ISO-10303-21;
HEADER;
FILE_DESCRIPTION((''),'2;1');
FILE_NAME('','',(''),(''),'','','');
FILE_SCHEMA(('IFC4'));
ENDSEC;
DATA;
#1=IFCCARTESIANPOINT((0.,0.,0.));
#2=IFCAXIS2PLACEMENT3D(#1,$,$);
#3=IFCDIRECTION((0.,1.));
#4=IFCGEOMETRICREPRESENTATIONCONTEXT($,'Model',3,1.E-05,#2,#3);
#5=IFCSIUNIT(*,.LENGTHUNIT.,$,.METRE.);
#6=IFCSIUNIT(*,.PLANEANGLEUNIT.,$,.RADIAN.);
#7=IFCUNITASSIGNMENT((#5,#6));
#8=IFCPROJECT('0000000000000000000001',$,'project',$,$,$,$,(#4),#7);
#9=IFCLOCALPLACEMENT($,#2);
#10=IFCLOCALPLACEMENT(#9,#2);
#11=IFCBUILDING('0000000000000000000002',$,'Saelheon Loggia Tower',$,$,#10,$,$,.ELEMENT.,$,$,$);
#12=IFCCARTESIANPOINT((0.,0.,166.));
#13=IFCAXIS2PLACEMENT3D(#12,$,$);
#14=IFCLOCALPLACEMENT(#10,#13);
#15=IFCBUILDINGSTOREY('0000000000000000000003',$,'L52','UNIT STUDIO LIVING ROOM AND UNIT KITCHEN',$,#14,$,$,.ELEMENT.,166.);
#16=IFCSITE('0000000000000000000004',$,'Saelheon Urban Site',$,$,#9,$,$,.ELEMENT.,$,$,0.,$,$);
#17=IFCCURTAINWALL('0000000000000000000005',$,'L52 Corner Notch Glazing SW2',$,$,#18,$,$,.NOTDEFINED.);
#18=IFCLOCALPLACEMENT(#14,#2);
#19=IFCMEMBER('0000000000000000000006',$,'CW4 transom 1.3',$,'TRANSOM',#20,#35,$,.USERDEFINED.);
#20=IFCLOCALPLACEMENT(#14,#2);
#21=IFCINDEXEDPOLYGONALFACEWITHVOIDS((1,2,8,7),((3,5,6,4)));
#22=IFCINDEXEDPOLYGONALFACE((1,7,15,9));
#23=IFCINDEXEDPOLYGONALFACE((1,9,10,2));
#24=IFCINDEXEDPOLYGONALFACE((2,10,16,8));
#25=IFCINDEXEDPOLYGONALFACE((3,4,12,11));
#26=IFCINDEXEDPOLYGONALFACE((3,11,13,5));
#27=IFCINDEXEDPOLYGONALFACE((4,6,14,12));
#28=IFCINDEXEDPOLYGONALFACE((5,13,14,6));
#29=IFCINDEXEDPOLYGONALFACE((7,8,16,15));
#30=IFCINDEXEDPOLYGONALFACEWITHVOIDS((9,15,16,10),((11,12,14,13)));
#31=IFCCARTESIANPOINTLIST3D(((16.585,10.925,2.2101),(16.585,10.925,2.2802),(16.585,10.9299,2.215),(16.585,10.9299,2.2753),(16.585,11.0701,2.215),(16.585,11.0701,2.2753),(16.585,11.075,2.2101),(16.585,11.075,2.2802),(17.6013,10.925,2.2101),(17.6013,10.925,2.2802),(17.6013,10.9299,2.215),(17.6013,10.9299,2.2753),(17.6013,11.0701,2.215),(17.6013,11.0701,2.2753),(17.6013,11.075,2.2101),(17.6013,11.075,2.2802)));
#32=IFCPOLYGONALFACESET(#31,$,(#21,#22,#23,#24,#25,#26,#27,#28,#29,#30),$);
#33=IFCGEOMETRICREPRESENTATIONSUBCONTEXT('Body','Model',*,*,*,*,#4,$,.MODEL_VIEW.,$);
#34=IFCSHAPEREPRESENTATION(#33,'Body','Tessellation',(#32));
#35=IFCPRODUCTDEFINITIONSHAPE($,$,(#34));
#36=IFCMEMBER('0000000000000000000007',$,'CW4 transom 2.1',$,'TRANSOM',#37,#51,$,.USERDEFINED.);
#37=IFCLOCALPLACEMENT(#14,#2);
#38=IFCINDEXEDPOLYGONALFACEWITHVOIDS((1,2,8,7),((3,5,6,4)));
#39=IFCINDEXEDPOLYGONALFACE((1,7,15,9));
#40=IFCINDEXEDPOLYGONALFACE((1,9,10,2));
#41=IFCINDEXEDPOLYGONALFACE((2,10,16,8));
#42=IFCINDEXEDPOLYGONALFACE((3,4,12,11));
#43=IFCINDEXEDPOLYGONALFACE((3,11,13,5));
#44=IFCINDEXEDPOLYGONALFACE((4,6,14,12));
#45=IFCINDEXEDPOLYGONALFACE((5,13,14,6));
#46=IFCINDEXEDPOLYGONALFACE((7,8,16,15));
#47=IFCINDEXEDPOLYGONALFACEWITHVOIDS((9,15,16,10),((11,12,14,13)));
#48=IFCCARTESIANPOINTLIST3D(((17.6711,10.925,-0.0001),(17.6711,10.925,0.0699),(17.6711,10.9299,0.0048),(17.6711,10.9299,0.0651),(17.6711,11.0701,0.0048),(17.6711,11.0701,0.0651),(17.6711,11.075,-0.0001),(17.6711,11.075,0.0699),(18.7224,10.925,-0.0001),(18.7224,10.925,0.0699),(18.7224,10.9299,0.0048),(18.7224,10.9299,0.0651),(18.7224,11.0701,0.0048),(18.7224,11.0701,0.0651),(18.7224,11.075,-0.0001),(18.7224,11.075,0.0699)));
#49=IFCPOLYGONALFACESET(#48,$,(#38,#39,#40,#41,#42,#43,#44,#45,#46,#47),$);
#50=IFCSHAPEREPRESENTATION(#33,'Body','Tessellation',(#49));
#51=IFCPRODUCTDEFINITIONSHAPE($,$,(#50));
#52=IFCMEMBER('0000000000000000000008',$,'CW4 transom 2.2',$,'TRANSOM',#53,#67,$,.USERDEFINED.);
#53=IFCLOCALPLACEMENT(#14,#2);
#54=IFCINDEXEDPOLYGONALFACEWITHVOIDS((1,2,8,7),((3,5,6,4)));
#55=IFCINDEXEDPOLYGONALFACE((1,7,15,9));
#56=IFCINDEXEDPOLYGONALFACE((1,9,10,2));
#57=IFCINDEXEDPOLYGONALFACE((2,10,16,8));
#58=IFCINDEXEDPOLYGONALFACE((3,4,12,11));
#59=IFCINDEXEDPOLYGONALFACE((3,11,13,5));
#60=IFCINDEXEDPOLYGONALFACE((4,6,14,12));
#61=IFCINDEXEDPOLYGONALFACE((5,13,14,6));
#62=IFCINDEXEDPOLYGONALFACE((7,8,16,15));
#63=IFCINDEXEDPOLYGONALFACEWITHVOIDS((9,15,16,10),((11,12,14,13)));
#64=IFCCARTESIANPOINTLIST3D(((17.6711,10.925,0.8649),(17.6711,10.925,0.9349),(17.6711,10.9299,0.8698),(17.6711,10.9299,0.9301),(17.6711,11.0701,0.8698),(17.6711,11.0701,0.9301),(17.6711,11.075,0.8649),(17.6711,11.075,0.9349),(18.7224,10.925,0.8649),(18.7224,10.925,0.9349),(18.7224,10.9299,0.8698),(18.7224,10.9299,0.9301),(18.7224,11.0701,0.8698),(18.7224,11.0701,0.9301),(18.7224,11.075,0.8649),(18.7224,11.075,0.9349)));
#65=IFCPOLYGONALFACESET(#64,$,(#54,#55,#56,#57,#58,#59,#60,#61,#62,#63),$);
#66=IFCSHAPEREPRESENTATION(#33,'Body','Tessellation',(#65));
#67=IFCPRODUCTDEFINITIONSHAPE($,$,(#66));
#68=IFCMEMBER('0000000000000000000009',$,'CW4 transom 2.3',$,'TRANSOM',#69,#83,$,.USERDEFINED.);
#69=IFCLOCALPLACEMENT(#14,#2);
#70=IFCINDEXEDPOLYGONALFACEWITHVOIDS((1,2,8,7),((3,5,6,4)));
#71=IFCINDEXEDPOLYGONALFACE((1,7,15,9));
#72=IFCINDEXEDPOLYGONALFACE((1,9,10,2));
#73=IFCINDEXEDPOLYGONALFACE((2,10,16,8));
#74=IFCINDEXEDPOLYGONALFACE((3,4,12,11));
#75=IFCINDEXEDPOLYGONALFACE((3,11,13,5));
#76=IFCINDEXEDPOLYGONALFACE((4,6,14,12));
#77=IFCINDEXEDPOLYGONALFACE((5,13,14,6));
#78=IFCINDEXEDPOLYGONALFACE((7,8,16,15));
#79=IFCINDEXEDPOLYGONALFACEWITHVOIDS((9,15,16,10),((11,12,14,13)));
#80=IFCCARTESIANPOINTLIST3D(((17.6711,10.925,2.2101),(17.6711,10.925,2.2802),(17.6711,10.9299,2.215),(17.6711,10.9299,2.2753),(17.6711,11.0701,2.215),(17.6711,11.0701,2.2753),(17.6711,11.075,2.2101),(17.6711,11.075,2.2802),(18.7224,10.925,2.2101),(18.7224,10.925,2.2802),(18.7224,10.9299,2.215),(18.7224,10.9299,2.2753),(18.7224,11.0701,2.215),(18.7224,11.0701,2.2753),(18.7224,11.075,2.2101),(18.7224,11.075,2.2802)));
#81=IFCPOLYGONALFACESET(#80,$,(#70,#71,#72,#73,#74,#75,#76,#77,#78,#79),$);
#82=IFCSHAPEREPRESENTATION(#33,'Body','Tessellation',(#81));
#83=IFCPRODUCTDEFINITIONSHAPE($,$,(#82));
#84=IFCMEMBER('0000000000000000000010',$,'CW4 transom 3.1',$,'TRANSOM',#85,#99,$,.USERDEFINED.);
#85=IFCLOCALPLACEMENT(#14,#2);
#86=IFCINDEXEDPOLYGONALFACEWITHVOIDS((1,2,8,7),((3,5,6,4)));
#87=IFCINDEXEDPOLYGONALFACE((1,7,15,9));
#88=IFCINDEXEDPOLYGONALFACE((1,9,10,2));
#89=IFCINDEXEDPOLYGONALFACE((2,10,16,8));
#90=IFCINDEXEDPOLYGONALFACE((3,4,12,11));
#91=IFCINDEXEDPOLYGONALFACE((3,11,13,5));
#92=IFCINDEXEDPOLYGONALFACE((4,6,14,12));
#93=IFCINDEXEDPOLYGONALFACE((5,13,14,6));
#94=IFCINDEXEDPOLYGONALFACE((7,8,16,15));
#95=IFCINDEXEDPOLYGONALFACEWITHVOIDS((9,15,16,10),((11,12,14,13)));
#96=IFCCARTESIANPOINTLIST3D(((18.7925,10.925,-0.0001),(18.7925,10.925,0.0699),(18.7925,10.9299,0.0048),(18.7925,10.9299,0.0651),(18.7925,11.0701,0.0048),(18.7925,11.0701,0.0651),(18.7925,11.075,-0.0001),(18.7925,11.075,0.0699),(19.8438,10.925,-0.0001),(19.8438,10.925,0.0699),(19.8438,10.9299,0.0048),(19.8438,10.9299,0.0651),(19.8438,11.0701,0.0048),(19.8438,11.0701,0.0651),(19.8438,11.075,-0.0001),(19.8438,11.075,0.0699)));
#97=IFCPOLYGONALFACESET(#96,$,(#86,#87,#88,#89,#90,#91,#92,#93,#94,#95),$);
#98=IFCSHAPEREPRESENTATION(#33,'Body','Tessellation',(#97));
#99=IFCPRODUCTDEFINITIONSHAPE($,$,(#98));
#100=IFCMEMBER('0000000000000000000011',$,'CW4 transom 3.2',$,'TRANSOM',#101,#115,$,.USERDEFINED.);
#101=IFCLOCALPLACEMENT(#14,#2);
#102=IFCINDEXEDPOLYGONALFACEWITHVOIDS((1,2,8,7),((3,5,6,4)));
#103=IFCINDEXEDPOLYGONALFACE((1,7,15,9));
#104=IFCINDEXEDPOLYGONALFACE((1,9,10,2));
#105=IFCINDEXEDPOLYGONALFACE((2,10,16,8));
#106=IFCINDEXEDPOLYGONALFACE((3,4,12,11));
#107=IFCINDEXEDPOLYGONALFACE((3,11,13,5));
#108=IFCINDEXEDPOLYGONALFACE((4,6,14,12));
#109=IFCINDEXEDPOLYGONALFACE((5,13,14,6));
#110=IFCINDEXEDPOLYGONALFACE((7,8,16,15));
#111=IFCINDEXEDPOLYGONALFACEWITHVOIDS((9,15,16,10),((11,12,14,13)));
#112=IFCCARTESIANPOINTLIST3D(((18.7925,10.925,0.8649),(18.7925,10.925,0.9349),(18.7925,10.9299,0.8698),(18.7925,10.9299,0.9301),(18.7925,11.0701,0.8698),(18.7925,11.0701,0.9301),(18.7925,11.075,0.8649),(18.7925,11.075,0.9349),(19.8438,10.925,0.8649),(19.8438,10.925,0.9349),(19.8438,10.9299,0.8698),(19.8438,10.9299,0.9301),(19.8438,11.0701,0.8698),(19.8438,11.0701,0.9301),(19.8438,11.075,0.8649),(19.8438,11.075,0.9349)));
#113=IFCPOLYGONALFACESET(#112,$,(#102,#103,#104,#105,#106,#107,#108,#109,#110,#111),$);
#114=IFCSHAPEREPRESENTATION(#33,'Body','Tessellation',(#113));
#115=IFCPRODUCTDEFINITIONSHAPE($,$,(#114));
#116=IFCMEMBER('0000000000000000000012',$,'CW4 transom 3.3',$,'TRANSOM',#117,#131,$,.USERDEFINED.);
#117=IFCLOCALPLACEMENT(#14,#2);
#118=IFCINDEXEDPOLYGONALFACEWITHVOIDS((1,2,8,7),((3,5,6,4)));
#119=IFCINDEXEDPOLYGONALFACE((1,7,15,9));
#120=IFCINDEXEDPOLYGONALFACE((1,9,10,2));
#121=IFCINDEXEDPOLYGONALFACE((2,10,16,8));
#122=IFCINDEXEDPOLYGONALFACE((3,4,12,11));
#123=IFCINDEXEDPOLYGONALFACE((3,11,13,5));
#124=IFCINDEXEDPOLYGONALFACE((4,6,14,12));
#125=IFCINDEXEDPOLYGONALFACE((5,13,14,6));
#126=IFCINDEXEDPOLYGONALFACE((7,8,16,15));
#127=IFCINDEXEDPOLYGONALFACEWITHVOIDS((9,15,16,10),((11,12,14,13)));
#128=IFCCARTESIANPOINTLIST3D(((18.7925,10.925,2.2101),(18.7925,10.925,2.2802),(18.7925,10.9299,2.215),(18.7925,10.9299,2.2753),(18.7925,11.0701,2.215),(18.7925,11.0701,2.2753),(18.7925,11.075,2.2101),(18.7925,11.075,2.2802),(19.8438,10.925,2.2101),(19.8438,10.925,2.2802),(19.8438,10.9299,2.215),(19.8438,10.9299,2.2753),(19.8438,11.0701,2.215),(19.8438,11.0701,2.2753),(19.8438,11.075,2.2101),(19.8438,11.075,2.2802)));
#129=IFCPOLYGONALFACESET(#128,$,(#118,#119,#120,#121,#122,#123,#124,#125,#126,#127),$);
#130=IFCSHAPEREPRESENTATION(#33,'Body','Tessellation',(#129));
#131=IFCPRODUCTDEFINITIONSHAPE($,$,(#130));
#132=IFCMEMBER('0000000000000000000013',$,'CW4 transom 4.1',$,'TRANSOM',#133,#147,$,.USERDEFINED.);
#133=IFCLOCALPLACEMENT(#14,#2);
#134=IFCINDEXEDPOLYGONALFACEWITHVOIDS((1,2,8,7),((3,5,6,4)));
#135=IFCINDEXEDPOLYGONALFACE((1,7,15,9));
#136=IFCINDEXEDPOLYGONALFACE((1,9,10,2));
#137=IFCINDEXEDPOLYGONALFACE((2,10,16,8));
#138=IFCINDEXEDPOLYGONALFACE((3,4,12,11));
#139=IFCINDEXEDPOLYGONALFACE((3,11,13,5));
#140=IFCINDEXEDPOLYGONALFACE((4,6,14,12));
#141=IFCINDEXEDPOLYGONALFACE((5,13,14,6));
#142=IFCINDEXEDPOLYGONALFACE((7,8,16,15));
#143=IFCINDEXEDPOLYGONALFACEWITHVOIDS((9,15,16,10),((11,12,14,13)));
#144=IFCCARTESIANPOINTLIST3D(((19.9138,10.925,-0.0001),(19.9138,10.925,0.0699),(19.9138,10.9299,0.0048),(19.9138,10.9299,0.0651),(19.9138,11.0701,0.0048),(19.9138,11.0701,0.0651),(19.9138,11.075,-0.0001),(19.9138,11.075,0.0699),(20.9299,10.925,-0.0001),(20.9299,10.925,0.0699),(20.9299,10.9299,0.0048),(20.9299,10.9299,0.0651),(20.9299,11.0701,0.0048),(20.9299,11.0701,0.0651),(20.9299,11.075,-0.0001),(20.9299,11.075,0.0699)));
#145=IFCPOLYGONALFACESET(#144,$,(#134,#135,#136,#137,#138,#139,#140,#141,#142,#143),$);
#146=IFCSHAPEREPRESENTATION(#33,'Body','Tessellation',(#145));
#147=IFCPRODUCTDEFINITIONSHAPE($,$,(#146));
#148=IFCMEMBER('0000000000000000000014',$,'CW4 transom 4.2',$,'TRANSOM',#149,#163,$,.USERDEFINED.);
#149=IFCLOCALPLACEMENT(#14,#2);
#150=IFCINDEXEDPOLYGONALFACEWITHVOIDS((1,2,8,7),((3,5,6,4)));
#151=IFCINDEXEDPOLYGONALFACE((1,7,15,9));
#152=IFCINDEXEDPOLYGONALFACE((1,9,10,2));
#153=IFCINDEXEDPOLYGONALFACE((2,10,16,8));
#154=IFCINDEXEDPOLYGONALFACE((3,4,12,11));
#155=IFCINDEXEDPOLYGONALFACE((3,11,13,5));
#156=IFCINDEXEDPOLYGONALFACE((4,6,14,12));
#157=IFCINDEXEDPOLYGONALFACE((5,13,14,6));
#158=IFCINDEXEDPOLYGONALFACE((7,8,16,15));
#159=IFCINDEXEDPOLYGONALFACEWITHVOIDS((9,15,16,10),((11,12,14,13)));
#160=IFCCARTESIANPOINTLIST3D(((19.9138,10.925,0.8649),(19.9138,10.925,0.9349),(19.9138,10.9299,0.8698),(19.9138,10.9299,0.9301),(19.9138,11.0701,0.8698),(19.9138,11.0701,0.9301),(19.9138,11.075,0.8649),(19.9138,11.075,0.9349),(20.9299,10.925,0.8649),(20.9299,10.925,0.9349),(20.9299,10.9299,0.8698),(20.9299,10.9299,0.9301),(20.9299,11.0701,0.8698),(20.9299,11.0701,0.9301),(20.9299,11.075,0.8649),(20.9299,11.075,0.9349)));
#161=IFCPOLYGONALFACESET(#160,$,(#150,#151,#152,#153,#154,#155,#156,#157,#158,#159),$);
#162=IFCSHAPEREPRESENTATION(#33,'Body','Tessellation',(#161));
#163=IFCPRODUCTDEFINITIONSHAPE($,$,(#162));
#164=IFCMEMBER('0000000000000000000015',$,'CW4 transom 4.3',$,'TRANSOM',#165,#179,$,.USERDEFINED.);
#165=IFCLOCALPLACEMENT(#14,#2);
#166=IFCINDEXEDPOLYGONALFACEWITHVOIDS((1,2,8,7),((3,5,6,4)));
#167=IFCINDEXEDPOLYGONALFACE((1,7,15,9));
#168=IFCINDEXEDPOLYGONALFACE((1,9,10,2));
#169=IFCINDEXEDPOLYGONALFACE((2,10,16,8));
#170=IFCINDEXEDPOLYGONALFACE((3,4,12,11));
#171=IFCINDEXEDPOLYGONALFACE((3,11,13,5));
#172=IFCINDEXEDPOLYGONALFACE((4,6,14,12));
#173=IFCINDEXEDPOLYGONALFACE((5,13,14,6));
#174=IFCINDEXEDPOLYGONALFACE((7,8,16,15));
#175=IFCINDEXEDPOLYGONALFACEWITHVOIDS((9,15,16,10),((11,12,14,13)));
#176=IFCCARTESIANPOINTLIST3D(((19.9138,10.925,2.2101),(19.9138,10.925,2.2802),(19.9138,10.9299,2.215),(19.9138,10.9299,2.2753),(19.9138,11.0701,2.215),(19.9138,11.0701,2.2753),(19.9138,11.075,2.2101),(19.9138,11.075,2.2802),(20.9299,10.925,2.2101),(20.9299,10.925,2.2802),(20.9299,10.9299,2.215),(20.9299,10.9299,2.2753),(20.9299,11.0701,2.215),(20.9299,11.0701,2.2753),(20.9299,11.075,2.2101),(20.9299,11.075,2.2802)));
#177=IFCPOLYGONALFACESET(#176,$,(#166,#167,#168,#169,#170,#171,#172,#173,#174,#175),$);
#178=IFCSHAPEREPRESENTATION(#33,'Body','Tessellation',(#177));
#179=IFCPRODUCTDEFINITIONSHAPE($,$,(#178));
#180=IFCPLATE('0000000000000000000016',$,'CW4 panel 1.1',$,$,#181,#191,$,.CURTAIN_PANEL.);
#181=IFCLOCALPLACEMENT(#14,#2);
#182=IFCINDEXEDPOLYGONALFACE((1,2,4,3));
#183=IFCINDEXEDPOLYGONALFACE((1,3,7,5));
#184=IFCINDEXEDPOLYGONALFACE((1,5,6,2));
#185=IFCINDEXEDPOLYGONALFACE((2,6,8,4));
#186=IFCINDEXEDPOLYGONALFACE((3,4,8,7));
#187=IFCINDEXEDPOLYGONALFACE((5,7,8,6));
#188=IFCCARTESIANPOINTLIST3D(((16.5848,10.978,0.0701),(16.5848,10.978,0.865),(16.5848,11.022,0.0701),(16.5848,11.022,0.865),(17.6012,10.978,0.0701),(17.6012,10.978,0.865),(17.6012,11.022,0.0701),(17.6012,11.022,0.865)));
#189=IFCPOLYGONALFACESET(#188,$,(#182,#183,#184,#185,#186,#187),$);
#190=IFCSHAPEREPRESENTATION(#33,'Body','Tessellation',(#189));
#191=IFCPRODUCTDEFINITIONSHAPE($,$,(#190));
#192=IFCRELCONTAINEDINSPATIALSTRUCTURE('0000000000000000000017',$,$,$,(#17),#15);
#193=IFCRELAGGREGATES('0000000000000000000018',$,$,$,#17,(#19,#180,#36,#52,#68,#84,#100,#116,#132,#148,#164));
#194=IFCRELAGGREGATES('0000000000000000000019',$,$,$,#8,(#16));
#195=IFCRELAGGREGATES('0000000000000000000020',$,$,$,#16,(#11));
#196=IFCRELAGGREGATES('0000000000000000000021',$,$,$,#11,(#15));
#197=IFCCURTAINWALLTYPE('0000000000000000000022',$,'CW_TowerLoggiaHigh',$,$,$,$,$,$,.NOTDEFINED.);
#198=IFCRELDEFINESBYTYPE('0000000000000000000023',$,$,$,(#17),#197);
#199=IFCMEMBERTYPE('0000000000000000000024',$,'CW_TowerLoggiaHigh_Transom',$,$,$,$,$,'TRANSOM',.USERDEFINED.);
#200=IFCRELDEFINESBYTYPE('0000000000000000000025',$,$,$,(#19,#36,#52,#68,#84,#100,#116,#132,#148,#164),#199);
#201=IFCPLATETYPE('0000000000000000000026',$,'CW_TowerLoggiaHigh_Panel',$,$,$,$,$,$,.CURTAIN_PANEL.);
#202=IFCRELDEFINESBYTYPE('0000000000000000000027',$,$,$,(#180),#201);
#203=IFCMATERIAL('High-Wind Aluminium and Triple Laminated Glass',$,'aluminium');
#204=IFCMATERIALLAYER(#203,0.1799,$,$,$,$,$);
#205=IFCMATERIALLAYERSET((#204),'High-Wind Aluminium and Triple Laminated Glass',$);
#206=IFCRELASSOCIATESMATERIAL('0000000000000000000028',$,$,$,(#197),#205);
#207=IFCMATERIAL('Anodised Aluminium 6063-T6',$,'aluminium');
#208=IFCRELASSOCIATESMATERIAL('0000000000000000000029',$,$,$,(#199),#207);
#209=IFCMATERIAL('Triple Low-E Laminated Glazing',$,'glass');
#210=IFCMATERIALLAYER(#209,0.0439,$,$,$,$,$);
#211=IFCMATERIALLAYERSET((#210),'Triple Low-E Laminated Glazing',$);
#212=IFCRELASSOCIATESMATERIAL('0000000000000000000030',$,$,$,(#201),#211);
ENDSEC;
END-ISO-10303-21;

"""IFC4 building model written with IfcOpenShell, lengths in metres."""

from ifc_helpers import new_model, si_unit, direction, frame, origin, origin_2d, place, context, subcontext, project, spatial, rectangle, hollow_rectangle, extrude, source, transform, mapped, material, layer, layer_set, material_profile, profile_set, type_object, element, aggregate, save


model = new_model("IFC4")

# Units and contexts
model_context = context("Model", 3, precision=1e-05, world=origin(), true_north=direction((0.0, 1.0)))
body_context = subcontext(model_context, "Body", "Model", "MODEL_VIEW")
ifc_project = project(units=[si_unit("LENGTHUNIT", "METRE"), si_unit("PLANEANGLEUNIT", "RADIAN")], contexts=[model_context])

# Site, building, storey
site_placement = place(None, origin())
site = spatial("IfcSite", under=ifc_project, at=site_placement, Name="Saelheon Urban Site", CompositionType="ELEMENT", RefElevation=0.0)
building_placement = place(site_placement, origin())
building = spatial("IfcBuilding", under=site, at=building_placement, Name="Saelheon Loggia Tower", CompositionType="ELEMENT")
storey_placement = place(building_placement, frame((0.0, 0.0, 166.0)))
storey = spatial("IfcBuildingStorey", under=building, at=storey_placement, Name="L52", Description="UNIT STUDIO LIVING ROOM AND UNIT KITCHEN", CompositionType="ELEMENT", Elevation=166.0)

# Curtain wall, members, plate
ifc_material_1 = material(Name="High-Wind Aluminium and Triple Laminated Glass", Category="aluminium")
ifc_layer_1 = layer(ifc_material_1, 0.1799)
ifc_layer_set_1 = layer_set([ifc_layer_1], Name="High-Wind Aluminium and Triple Laminated Glass")
curtain_wall_type = type_object("IfcCurtainWallType", Name="CW_TowerLoggiaHigh", PredefinedType="NOTDEFINED", material=ifc_layer_set_1)
curtain_wall_placement = place(storey_placement, origin())
curtain_wall = element("IfcCurtainWall", 1, at=curtain_wall_placement, inside=storey, type_object=curtain_wall_type, Name="L52 Corner Notch Glazing SW2", PredefinedType="NOTDEFINED")
ifc_material_2 = material(Name="Anodised Aluminium 6063-T6", Category="aluminium")
ifc_material_profile_1 = material_profile(ifc_material_2, hollow_rectangle(XDim=0.0701, YDim=0.1499, WallThickness=0.0049, at=origin_2d()), Name="RHS-150x70x5")
ifc_profile_set_1 = profile_set([ifc_material_profile_1], Name="Anodised Aluminium 6063-T6")
member_type_1 = type_object("IfcMemberType", Name="CW_TowerLoggiaHigh_Transom", ElementType="TRANSOM", PredefinedType="USERDEFINED", material=ifc_profile_set_1)
shared_shape_1 = source(origin(), body_context, "Body", "SweptSolid", [
    extrude(hollow_rectangle(XDim=0.0701, YDim=0.1499, WallThickness=0.0049, at=origin_2d()), origin(), (0.0, 0.0, 1.0), 1.0164),
])
member_1_placement = place(storey_placement, frame((16.585, 11.0, 2.2451), z_axis=(1.0, 0.0, 0.0), x_axis=(0.0, 0.0, 1.0)))
member_1 = element("IfcMember", 2, at=member_1_placement, type_object=member_type_1, Name="CW4 transom 1.3", ObjectType="TRANSOM", PredefinedType="USERDEFINED", context=body_context, shape_type="MappedRepresentation", body=[
    mapped(shared_shape_1, transform((0.0, 0.0, 0.0), scale=1.0)),
])
shared_shape_2 = source(origin(), body_context, "Body", "SweptSolid", [
    extrude(hollow_rectangle(XDim=0.0701, YDim=0.1499, WallThickness=0.0049, at=origin_2d()), origin(), (0.0, 0.0, 1.0), 1.0513),
])
member_2_placement = place(storey_placement, frame((17.6711, 11.0, 0.0349), z_axis=(1.0, 0.0, 0.0), x_axis=(0.0, 0.0, 1.0)))
member_2 = element("IfcMember", 3, at=member_2_placement, type_object=member_type_1, Name="CW4 transom 2.1", ObjectType="TRANSOM", PredefinedType="USERDEFINED", context=body_context, shape_type="MappedRepresentation", body=[
    mapped(shared_shape_2, transform((0.0, 0.0, 0.0), scale=1.0)),
])
member_3_placement = place(storey_placement, frame((17.6711, 11.0, 0.8999), z_axis=(1.0, 0.0, 0.0), x_axis=(0.0, 0.0, 1.0)))
member_3 = element("IfcMember", 4, at=member_3_placement, type_object=member_type_1, Name="CW4 transom 2.2", ObjectType="TRANSOM", PredefinedType="USERDEFINED", context=body_context, shape_type="MappedRepresentation", body=[
    mapped(shared_shape_2, transform((0.0, 0.0, 0.0), scale=1.0)),
])
member_4_placement = place(storey_placement, frame((17.6711, 11.0, 2.2451), z_axis=(1.0, 0.0, 0.0), x_axis=(0.0, 0.0, 1.0)))
member_4 = element("IfcMember", 5, at=member_4_placement, type_object=member_type_1, Name="CW4 transom 2.3", ObjectType="TRANSOM", PredefinedType="USERDEFINED", context=body_context, shape_type="MappedRepresentation", body=[
    mapped(shared_shape_2, transform((0.0, 0.0, 0.0), scale=1.0)),
])
member_5_placement = place(storey_placement, frame((18.7925, 11.0, 0.0349), z_axis=(1.0, 0.0, 0.0), x_axis=(0.0, 0.0, 1.0)))
member_5 = element("IfcMember", 6, at=member_5_placement, type_object=member_type_1, Name="CW4 transom 3.1", ObjectType="TRANSOM", PredefinedType="USERDEFINED", context=body_context, shape_type="MappedRepresentation", body=[
    mapped(shared_shape_2, transform((0.0, 0.0, 0.0), scale=1.0)),
])
member_6_placement = place(storey_placement, frame((18.7925, 11.0, 0.8999), z_axis=(1.0, 0.0, 0.0), x_axis=(0.0, 0.0, 1.0)))
member_6 = element("IfcMember", 7, at=member_6_placement, type_object=member_type_1, Name="CW4 transom 3.2", ObjectType="TRANSOM", PredefinedType="USERDEFINED", context=body_context, shape_type="MappedRepresentation", body=[
    mapped(shared_shape_2, transform((0.0, 0.0, 0.0), scale=1.0)),
])
member_7_placement = place(storey_placement, frame((18.7925, 11.0, 2.2451), z_axis=(1.0, 0.0, 0.0), x_axis=(0.0, 0.0, 1.0)))
member_7 = element("IfcMember", 8, at=member_7_placement, type_object=member_type_1, Name="CW4 transom 3.3", ObjectType="TRANSOM", PredefinedType="USERDEFINED", context=body_context, shape_type="MappedRepresentation", body=[
    mapped(shared_shape_2, transform((0.0, 0.0, 0.0), scale=1.0)),
])
shared_shape_3 = source(origin(), body_context, "Body", "SweptSolid", [
    extrude(hollow_rectangle(XDim=0.0701, YDim=0.1499, WallThickness=0.0049, at=origin_2d()), origin(), (0.0, 0.0, 1.0), 1.0161),
])
member_8_placement = place(storey_placement, frame((19.9138, 11.0, 0.0349), z_axis=(1.0, 0.0, 0.0), x_axis=(0.0, 0.0, 1.0)))
member_8 = element("IfcMember", 9, at=member_8_placement, type_object=member_type_1, Name="CW4 transom 4.1", ObjectType="TRANSOM", PredefinedType="USERDEFINED", context=body_context, shape_type="MappedRepresentation", body=[
    mapped(shared_shape_3, transform((0.0, 0.0, 0.0), scale=1.0)),
])
member_9_placement = place(storey_placement, frame((19.9138, 11.0, 0.8999), z_axis=(1.0, 0.0, 0.0), x_axis=(0.0, 0.0, 1.0)))
member_9 = element("IfcMember", 10, at=member_9_placement, type_object=member_type_1, Name="CW4 transom 4.2", ObjectType="TRANSOM", PredefinedType="USERDEFINED", context=body_context, shape_type="MappedRepresentation", body=[
    mapped(shared_shape_3, transform((0.0, 0.0, 0.0), scale=1.0)),
])
member_10_placement = place(storey_placement, frame((19.9138, 11.0, 2.2451), z_axis=(1.0, 0.0, 0.0), x_axis=(0.0, 0.0, 1.0)))
member_10 = element("IfcMember", 11, at=member_10_placement, type_object=member_type_1, Name="CW4 transom 4.3", ObjectType="TRANSOM", PredefinedType="USERDEFINED", context=body_context, shape_type="MappedRepresentation", body=[
    mapped(shared_shape_3, transform((0.0, 0.0, 0.0), scale=1.0)),
])
ifc_material_3 = material(Name="Triple Low-E Laminated Glazing", Category="glass")
ifc_layer_2 = layer(ifc_material_3, 0.0439)
ifc_layer_set_2 = layer_set([ifc_layer_2], Name="Triple Low-E Laminated Glazing")
plate_type = type_object("IfcPlateType", Name="CW_TowerLoggiaHigh_Panel", PredefinedType="CURTAIN_PANEL", material=ifc_layer_set_2)
shared_shape_4 = source(origin(), body_context, "Body", "SweptSolid", [
    extrude(rectangle(XDim=1.0164, YDim=0.0439, at=origin_2d()), origin(), (0.0, 0.0, 1.0), 0.7949),
])
plate_1_placement = place(storey_placement, frame((17.093, 11.0, 0.0701), z_axis=(0.0, 0.0, 1.0), x_axis=(1.0, 0.0, 0.0)))
plate_1 = element("IfcPlate", 12, at=plate_1_placement, type_object=plate_type, Name="CW4 panel 1.1", PredefinedType="CURTAIN_PANEL", context=body_context, shape_type="MappedRepresentation", body=[
    mapped(shared_shape_4, transform((0.0, 0.0, 0.0), scale=1.0)),
])
aggregate(curtain_wall, [member_1, plate_1, member_2, member_3, member_4, member_5, member_6, member_7, member_8, member_9, member_10])

save(model, "model.ifc")
